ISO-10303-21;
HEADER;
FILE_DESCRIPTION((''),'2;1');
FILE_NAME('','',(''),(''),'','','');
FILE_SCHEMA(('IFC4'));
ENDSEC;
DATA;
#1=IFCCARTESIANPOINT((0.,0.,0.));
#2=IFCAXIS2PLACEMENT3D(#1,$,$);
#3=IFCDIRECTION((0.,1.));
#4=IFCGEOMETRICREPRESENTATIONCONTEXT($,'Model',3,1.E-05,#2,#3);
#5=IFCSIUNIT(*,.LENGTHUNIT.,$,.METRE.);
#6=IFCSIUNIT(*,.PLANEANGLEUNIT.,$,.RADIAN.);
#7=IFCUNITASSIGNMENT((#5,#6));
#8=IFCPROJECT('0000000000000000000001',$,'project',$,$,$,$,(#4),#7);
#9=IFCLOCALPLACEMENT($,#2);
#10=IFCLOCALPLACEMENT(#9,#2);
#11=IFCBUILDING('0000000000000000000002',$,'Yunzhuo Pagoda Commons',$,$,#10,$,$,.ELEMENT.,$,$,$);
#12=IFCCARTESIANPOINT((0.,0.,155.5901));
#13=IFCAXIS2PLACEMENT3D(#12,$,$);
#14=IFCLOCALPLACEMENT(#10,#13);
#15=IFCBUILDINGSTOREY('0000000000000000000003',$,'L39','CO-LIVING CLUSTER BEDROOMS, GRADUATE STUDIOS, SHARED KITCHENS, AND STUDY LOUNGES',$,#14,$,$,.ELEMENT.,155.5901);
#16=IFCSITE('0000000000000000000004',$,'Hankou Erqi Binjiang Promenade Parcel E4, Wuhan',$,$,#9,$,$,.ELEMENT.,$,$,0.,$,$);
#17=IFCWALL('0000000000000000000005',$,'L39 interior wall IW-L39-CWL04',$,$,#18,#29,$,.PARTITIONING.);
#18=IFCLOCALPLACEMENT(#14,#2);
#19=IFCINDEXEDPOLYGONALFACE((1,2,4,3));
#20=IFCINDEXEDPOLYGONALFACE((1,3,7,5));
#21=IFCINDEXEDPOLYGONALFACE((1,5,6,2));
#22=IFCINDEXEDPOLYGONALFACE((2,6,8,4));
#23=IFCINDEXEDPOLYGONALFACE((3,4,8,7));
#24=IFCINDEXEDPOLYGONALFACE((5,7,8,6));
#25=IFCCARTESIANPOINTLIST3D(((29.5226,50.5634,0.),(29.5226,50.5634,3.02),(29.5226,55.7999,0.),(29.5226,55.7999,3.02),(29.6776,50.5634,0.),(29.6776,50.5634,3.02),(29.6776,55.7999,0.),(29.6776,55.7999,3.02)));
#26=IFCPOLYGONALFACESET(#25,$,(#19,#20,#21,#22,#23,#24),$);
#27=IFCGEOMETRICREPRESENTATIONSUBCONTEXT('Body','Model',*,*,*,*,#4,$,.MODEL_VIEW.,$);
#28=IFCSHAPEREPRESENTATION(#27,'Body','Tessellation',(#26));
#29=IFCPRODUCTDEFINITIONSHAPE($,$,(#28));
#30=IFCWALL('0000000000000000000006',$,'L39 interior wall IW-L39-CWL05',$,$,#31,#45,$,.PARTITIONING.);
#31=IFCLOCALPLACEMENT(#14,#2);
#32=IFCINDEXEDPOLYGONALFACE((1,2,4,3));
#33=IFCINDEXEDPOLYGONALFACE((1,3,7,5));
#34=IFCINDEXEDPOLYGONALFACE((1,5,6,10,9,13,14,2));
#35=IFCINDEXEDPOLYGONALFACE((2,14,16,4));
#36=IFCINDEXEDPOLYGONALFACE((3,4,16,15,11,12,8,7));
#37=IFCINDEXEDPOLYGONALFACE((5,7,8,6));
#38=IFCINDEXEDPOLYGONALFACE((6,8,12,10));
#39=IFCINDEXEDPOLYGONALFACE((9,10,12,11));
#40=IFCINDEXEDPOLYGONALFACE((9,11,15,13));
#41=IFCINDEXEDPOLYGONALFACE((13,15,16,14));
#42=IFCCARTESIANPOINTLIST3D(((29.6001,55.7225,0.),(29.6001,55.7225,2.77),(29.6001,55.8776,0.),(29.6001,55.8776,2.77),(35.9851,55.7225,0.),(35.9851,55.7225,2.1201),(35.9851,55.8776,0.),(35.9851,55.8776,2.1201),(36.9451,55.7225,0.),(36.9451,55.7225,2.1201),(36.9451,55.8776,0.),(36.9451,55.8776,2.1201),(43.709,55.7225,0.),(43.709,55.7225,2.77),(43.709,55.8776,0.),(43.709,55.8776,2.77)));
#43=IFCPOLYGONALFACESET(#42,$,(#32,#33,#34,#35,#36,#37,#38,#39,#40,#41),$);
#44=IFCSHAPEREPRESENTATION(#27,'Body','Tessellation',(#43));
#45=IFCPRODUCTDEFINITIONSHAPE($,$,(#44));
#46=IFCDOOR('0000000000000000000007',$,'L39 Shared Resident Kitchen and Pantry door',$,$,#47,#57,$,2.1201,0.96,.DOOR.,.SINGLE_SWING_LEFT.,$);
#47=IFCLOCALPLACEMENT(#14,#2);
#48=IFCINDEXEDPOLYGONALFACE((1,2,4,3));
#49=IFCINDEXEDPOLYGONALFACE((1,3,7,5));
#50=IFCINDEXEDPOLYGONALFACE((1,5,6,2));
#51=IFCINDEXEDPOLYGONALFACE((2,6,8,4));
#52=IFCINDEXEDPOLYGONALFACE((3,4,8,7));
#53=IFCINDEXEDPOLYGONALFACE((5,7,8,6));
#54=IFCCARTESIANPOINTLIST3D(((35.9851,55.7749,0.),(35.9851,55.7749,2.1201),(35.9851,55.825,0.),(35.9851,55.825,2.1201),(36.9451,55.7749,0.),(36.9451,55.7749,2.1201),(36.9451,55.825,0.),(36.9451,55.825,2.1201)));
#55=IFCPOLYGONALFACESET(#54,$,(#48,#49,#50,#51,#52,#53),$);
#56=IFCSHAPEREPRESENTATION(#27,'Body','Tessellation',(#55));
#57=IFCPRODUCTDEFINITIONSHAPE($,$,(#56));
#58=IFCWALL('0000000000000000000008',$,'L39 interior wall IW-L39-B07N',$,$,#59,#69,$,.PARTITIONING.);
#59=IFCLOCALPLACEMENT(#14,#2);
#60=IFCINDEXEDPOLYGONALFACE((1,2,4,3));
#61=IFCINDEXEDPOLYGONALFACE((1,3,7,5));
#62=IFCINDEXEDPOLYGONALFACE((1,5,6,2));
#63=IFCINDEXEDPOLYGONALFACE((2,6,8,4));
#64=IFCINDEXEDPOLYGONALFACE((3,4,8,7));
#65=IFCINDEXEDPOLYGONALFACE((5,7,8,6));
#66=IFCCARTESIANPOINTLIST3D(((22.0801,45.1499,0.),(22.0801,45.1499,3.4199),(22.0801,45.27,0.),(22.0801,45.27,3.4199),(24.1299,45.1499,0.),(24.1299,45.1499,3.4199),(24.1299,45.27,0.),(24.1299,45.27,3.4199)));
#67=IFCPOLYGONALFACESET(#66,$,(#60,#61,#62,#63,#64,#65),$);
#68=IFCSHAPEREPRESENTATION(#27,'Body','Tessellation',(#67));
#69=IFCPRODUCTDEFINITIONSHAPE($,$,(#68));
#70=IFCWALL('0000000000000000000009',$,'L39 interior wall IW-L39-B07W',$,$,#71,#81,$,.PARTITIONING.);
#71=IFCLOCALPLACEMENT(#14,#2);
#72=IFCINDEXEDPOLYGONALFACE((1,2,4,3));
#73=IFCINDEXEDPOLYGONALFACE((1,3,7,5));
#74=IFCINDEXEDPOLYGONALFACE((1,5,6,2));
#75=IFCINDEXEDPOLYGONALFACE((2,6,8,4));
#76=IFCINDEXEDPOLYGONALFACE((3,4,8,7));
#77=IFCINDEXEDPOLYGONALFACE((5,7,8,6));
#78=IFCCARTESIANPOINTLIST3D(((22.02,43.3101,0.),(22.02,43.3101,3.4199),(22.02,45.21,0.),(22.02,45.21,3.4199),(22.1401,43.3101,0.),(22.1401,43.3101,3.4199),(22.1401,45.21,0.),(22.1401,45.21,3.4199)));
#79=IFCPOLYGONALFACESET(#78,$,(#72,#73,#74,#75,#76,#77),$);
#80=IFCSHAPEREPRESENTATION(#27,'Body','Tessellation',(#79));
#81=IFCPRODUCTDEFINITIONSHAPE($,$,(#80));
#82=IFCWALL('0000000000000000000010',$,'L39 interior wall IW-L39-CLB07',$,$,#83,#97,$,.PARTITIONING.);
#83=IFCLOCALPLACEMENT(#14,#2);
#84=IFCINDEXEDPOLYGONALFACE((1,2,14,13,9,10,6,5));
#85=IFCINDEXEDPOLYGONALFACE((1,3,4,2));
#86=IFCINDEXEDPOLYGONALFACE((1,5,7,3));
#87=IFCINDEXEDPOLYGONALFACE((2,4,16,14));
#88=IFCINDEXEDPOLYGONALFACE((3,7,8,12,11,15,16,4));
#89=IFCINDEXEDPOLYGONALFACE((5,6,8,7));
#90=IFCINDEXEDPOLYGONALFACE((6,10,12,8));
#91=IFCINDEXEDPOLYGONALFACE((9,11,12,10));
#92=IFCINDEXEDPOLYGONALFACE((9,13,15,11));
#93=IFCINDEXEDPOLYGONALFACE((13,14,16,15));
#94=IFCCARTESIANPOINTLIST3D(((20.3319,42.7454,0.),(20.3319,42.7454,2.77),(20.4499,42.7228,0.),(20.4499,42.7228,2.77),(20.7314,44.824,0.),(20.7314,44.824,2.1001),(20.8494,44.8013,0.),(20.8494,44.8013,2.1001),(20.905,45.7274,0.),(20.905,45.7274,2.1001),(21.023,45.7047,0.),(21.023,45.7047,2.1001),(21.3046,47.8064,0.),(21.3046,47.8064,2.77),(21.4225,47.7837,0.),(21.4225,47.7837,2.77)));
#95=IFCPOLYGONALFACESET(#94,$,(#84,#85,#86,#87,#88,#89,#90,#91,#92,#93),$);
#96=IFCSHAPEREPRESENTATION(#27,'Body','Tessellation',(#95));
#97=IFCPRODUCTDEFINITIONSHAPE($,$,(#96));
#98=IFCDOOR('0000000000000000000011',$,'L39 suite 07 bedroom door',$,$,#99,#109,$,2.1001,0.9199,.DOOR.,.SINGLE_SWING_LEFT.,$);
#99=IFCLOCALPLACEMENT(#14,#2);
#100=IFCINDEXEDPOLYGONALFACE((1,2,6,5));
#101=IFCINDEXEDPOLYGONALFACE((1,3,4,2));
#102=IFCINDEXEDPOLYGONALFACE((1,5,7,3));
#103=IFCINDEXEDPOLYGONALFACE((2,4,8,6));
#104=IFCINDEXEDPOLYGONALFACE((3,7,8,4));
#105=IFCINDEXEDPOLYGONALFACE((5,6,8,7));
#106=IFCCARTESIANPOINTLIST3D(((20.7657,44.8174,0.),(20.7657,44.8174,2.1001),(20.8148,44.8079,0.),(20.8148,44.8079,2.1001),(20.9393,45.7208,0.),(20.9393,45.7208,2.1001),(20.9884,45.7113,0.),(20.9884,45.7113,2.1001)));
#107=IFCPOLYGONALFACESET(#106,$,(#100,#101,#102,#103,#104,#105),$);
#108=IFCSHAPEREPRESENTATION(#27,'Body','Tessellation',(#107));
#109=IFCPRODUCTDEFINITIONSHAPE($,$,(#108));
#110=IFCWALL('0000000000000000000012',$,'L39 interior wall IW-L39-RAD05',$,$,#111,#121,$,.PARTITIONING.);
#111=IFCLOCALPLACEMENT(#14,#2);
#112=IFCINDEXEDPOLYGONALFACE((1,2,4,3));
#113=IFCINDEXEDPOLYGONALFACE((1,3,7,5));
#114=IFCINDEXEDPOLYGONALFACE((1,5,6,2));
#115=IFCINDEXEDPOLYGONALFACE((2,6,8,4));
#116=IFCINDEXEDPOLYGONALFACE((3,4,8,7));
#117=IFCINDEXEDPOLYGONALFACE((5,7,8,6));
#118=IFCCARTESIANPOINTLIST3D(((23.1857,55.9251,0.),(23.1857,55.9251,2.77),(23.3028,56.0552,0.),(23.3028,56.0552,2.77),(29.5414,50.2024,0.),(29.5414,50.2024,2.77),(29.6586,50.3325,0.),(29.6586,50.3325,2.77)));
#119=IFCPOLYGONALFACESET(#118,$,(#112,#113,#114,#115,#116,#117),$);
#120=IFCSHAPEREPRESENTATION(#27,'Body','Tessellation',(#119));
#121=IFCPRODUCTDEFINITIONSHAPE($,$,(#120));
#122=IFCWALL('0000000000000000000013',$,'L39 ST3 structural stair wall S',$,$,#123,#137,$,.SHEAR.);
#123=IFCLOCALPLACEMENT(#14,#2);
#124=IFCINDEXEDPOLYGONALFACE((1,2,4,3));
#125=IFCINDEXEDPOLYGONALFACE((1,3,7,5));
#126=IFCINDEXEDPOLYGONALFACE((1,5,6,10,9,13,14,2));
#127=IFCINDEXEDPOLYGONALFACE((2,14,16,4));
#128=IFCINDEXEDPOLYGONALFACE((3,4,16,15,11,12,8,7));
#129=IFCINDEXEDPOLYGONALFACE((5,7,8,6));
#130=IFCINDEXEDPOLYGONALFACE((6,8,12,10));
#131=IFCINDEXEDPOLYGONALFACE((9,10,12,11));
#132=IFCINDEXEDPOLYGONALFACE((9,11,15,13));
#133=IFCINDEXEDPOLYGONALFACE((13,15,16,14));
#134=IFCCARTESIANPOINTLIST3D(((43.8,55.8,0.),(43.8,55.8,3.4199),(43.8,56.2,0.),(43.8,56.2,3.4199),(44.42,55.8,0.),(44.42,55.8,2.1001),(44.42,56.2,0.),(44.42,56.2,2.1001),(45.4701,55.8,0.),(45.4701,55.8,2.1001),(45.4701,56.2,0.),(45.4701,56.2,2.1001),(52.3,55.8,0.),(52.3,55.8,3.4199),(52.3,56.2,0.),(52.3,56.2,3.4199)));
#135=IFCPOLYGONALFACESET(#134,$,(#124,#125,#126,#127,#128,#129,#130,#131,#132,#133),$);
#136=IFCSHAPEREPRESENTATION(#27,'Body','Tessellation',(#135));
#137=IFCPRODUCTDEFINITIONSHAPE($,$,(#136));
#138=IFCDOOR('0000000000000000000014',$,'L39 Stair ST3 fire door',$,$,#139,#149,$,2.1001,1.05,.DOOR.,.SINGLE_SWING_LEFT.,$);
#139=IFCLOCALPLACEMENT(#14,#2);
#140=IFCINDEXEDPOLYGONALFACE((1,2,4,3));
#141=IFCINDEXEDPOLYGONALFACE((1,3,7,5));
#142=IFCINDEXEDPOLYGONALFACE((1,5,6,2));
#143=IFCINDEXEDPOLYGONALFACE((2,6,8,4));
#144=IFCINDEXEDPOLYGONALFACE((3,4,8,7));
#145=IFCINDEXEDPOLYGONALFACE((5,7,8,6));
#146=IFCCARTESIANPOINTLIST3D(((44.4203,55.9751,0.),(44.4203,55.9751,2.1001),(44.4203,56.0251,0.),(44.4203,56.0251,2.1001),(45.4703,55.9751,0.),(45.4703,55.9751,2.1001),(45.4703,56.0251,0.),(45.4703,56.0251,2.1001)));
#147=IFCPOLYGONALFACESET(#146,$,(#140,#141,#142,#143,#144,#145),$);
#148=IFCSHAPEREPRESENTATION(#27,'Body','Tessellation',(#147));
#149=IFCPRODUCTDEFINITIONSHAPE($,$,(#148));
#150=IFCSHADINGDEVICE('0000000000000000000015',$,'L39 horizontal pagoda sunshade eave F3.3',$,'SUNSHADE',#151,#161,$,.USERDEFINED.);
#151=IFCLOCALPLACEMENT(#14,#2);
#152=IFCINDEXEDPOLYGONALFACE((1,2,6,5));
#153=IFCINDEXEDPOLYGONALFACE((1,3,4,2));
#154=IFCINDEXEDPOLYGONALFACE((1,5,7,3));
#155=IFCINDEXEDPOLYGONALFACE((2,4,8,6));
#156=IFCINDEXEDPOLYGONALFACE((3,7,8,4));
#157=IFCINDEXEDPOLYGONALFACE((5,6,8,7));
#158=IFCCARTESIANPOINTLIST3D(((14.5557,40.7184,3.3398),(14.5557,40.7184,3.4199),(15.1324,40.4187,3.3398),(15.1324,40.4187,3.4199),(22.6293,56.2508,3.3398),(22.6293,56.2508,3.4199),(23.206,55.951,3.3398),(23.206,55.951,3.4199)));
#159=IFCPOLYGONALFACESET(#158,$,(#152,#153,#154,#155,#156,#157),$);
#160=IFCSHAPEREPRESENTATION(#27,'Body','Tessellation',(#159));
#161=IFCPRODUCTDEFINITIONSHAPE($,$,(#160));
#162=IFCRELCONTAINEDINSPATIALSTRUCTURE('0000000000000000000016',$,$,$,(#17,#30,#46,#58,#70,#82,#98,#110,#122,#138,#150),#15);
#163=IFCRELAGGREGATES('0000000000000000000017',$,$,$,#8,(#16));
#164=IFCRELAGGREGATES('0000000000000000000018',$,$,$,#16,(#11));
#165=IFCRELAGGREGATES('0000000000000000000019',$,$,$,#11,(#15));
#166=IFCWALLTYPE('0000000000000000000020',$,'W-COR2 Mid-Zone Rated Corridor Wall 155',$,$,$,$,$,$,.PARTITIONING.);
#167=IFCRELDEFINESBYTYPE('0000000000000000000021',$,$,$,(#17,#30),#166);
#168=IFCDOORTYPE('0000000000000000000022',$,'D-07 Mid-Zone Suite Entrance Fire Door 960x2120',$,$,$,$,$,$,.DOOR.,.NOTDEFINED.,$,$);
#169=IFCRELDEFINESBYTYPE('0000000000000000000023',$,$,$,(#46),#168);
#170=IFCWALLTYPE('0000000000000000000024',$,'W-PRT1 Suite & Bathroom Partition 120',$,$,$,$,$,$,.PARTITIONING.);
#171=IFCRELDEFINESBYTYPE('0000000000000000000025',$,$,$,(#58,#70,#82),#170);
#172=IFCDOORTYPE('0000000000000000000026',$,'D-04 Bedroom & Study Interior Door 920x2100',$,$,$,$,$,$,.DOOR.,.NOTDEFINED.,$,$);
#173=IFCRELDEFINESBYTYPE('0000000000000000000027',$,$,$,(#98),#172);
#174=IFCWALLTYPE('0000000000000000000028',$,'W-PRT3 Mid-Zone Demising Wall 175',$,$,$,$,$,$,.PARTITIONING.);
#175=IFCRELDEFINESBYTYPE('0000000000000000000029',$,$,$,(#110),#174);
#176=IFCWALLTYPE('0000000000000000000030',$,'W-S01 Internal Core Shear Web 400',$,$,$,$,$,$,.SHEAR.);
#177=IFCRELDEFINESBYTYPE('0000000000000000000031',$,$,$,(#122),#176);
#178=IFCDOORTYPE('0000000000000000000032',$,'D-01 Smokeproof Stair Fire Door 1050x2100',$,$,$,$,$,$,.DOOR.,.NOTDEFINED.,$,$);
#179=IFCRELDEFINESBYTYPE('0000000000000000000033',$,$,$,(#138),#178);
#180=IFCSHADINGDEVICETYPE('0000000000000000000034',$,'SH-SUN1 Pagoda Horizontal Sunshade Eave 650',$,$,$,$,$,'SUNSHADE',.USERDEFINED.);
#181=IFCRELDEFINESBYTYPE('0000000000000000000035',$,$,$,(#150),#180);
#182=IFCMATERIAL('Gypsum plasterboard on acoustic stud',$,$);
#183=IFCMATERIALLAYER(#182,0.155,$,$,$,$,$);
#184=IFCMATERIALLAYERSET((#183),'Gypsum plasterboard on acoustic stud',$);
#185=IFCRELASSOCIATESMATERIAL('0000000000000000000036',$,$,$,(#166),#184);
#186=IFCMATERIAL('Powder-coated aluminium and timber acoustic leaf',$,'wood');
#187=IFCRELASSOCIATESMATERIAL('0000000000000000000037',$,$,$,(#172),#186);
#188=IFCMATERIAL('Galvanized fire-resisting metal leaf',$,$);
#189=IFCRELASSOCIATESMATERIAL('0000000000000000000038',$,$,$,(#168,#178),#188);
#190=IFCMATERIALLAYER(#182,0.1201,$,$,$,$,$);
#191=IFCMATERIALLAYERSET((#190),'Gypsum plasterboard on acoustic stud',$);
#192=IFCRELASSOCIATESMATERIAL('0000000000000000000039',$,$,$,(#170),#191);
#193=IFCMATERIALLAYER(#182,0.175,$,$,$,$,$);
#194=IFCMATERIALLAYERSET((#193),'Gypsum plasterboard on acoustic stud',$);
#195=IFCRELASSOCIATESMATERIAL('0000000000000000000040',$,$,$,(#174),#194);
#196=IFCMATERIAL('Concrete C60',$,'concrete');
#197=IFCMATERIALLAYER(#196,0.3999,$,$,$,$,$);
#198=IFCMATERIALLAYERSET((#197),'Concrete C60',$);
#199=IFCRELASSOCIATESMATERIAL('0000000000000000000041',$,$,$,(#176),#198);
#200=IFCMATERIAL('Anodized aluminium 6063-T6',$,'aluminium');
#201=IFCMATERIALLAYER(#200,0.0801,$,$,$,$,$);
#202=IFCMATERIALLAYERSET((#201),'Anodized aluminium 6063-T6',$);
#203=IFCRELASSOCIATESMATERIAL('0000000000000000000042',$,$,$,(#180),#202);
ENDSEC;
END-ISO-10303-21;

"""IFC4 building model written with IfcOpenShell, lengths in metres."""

from ifc_helpers import new_model, si_unit, direction, frame, frame_2d, origin, origin_with_axes, origin_2d, place, context, subcontext, project, spatial, rectangle, extrude, source, transform, mapped, material, layer, layer_set, type_object, element, fill, save


model = new_model("IFC4")

# Units and contexts
model_context = context("Model", 3, precision=1e-05, world=origin(), true_north=direction((0.0, 1.0)))
body_context = subcontext(model_context, "Body", "Model", "MODEL_VIEW")
ifc_project = project(units=[si_unit("LENGTHUNIT", "METRE"), si_unit("PLANEANGLEUNIT", "RADIAN")], contexts=[model_context])

# Site, building, storey
site_placement = place(None, origin())
site = spatial("IfcSite", under=ifc_project, at=site_placement, Name="Hankou Erqi Binjiang Promenade Parcel E4, Wuhan", CompositionType="ELEMENT", RefElevation=0.0)
building_placement = place(site_placement, origin())
building = spatial("IfcBuilding", under=site, at=building_placement, Name="Yunzhuo Pagoda Commons", CompositionType="ELEMENT")
storey_placement = place(building_placement, frame((0.0, 0.0, 155.5901)))
storey = spatial("IfcBuildingStorey", under=building, at=storey_placement, Name="L39", Description="CO-LIVING CLUSTER BEDROOMS, GRADUATE STUDIOS, SHARED KITCHENS, AND STUDY LOUNGES", CompositionType="ELEMENT", Elevation=155.5901)

# Shared definitions
ifc_material_1 = material(Name="Anodized aluminium 6063-T6", Category="aluminium")

# Shared definitions
ifc_material_2 = material(Name="Gypsum plasterboard on acoustic stud")
ifc_layer_1 = layer(ifc_material_2, 0.155)
ifc_layer_set_1 = layer_set([ifc_layer_1], Name="Gypsum plasterboard on acoustic stud")
wall_type_1 = type_object("IfcWallType", Name="W-COR2 Mid-Zone Rated Corridor Wall 155", PredefinedType="PARTITIONING", material=ifc_layer_set_1)
ifc_material_3 = material(Name="Powder-coated aluminium and timber acoustic leaf", Category="wood")
door_type_1 = type_object("IfcDoorType", Name="D-04 Bedroom & Study Interior Door 920x2100", OperationType="NOTDEFINED", PredefinedType="DOOR", material=ifc_material_3)
shared_shape_1 = source(origin(), body_context, "Body", "SweptSolid", [
    extrude(rectangle(XDim=0.9199, YDim=2.1001, at=frame_2d((0.46, 1.05))), frame((0.0, 0.0249, 0.0), z_axis=(0.0, -1.0, 0.0), x_axis=(1.0, 0.0, 0.0)), (0.0, 0.0, 1.0), 0.05),
])

# Wall
wall_1_placement = place(storey_placement, frame((29.6001, 50.5635, 0.0), z_axis=(0.0, 0.0, 1.0), x_axis=(0.0, 1.0, 0.0)))
element("IfcWall", 1, at=wall_1_placement, inside=storey, type_object=wall_type_1, Name="L39 interior wall IW-L39-CWL04", PredefinedType="PARTITIONING", context=body_context, shape_type="SweptSolid", body=[
    extrude(rectangle(XDim=5.2366, YDim=0.155, at=frame_2d((2.6182, 0.0))), origin(), (0.0, 0.0, 1.0), 3.02),
])

# Wall, opening, door
wall_2_placement = place(storey_placement, frame((29.6001, 55.8, 0.0), z_axis=(0.0, 0.0, 1.0), x_axis=(1.0, 0.0, 0.0)))
wall_2 = element("IfcWall", 2, at=wall_2_placement, inside=storey, type_object=wall_type_1, Name="L39 interior wall IW-L39-CWL05", PredefinedType="PARTITIONING", context=body_context, shape_type="SweptSolid", body=[
    extrude(rectangle(XDim=14.1089, YDim=0.155, at=frame_2d((7.0544, 0.0))), origin(), (0.0, 0.0, 1.0), 2.77),
])
opening_1_placement = place(wall_2_placement, frame((6.385, 0.0, 0.0)))
opening_1 = element("IfcOpeningElement", 3, at=opening_1_placement, cuts=wall_2, PredefinedType="OPENING", context=body_context, shape_type="SweptSolid", body=[
    extrude(rectangle(XDim=0.96, YDim=2.1201, at=frame_2d((0.48, 1.0601))), frame((0.0, 0.0874, 0.0), z_axis=(0.0, -1.0, 0.0), x_axis=(1.0, 0.0, 0.0)), (0.0, 0.0, 1.0), 0.175),
])
ifc_material_4 = material(Name="Galvanized fire-resisting metal leaf")
door_type_2 = type_object("IfcDoorType", Name="D-07 Mid-Zone Suite Entrance Fire Door 960x2120", OperationType="NOTDEFINED", PredefinedType="DOOR", material=ifc_material_4)
shared_shape_2 = source(origin(), body_context, "Body", "SweptSolid", [
    extrude(rectangle(XDim=0.96, YDim=2.1201, at=frame_2d((0.48, 1.0601))), frame((0.0, 0.0249, 0.0), z_axis=(0.0, -1.0, 0.0), x_axis=(1.0, 0.0, 0.0)), (0.0, 0.0, 1.0), 0.05),
])
door_1_placement = place(opening_1_placement, origin_with_axes())
door_1 = element("IfcDoor", 4, at=door_1_placement, inside=storey, type_object=door_type_2, Name="L39 Shared Resident Kitchen and Pantry door", OperationType="SINGLE_SWING_LEFT", OverallHeight=2.1201, OverallWidth=0.96, PredefinedType="DOOR", context=body_context, shape_type="MappedRepresentation", body=[
    mapped(shared_shape_2, transform((0.0, 0.0, 0.0), scale=1.0)),
])
fill(opening_1, door_1)

# Walls
ifc_layer_2 = layer(ifc_material_2, 0.1201)
ifc_layer_set_2 = layer_set([ifc_layer_2], Name="Gypsum plasterboard on acoustic stud")
wall_type_2 = type_object("IfcWallType", Name="W-PRT1 Suite & Bathroom Partition 120", PredefinedType="PARTITIONING", material=ifc_layer_set_2)
wall_3_placement = place(storey_placement, frame((24.1299, 45.21, 0.0), z_axis=(0.0, 0.0, 1.0), x_axis=(-1.0, 0.0, 0.0)))
element("IfcWall", 5, at=wall_3_placement, inside=storey, type_object=wall_type_2, Name="L39 interior wall IW-L39-B07N", PredefinedType="PARTITIONING", context=body_context, shape_type="SweptSolid", body=[
    extrude(rectangle(XDim=2.0498, YDim=0.1201, at=frame_2d((1.0249, 0.0))), origin(), (0.0, 0.0, 1.0), 3.4199),
])
wall_4_placement = place(storey_placement, frame((22.0801, 45.21, 0.0), z_axis=(0.0, 0.0, 1.0), x_axis=(0.0, -1.0, 0.0)))
element("IfcWall", 6, at=wall_4_placement, inside=storey, type_object=wall_type_2, Name="L39 interior wall IW-L39-B07W", PredefinedType="PARTITIONING", context=body_context, shape_type="SweptSolid", body=[
    extrude(rectangle(XDim=1.8999, YDim=0.1201, at=frame_2d((0.95, 0.0))), origin(), (0.0, 0.0, 1.0), 3.4199),
])

# Wall, opening, door
wall_5_placement = place(storey_placement, frame((21.3635, 47.7949, 0.0), z_axis=(0.0, 0.0, 1.0), x_axis=(-0.188731, -0.982029, 0.0)))
wall_5 = element("IfcWall", 7, at=wall_5_placement, inside=storey, type_object=wall_type_2, Name="L39 interior wall IW-L39-CLB07", PredefinedType="PARTITIONING", context=body_context, shape_type="SweptSolid", body=[
    extrude(rectangle(XDim=5.1536, YDim=0.1201, at=frame_2d((2.5767, 0.0))), origin(), (0.0, 0.0, 1.0), 2.77),
])
opening_2_placement = place(wall_5_placement, frame((2.1169, 0.0, 0.0)))
opening_2 = element("IfcOpeningElement", 8, at=opening_2_placement, cuts=wall_5, PredefinedType="OPENING", context=body_context, shape_type="SweptSolid", body=[
    extrude(rectangle(XDim=0.9199, YDim=2.1001, at=frame_2d((0.46, 1.05))), frame((0.0, 0.0701, 0.0), z_axis=(0.0, -1.0, 0.0), x_axis=(1.0, 0.0, 0.0)), (0.0, 0.0, 1.0), 0.1401),
])
door_2_placement = place(opening_2_placement, origin_with_axes())
door_2 = element("IfcDoor", 9, at=door_2_placement, inside=storey, type_object=door_type_1, Name="L39 suite 07 bedroom door", OperationType="SINGLE_SWING_LEFT", OverallHeight=2.1001, OverallWidth=0.9199, PredefinedType="DOOR", context=body_context, shape_type="MappedRepresentation", body=[
    mapped(shared_shape_1, transform((0.0, 0.0, 0.0), scale=1.0)),
])
fill(opening_2, door_2)

# Wall
ifc_layer_3 = layer(ifc_material_2, 0.175)
ifc_layer_set_3 = layer_set([ifc_layer_3], Name="Gypsum plasterboard on acoustic stud")
wall_type_3 = type_object("IfcWallType", Name="W-PRT3 Mid-Zone Demising Wall 175", PredefinedType="PARTITIONING", material=ifc_layer_set_3)
wall_6_placement = place(storey_placement, frame((29.6001, 50.2673, 0.0), z_axis=(0.0, 0.0, 1.0), x_axis=(-0.743148, 0.669127, 0.0)))
element("IfcWall", 10, at=wall_6_placement, inside=storey, type_object=wall_type_3, Name="L39 interior wall IW-L39-RAD05", PredefinedType="PARTITIONING", context=body_context, shape_type="SweptSolid", body=[
    extrude(rectangle(XDim=8.5525, YDim=0.175, at=frame_2d((4.2764, 0.0))), origin(), (0.0, 0.0, 1.0), 2.77),
])

# Wall, opening, door
ifc_material_5 = material(Name="Concrete C60", Category="concrete")
ifc_layer_4 = layer(ifc_material_5, 0.3999)
ifc_layer_set_4 = layer_set([ifc_layer_4], Name="Concrete C60")
wall_type_4 = type_object("IfcWallType", Name="W-S01 Internal Core Shear Web 400", PredefinedType="SHEAR", material=ifc_layer_set_4)
wall_7_placement = place(storey_placement, frame((43.8, 56.0, 0.0), z_axis=(0.0, 0.0, 1.0), x_axis=(1.0, 0.0, 0.0)))
wall_7 = element("IfcWall", 11, at=wall_7_placement, inside=storey, type_object=wall_type_4, Name="L39 ST3 structural stair wall S", PredefinedType="SHEAR", context=body_context, shape_type="SweptSolid", body=[
    extrude(rectangle(XDim=8.5, YDim=0.3999, at=frame_2d((4.25, 0.0))), origin(), (0.0, 0.0, 1.0), 3.4199),
])
opening_3_placement = place(wall_7_placement, frame((0.6201, 0.0, 0.0)))
opening_3 = element("IfcOpeningElement", 12, at=opening_3_placement, cuts=wall_7, PredefinedType="OPENING", context=body_context, shape_type="SweptSolid", body=[
    extrude(rectangle(XDim=1.05, YDim=2.1001, at=frame_2d((0.5249, 1.05))), frame((0.0, 0.21, 0.0), z_axis=(0.0, -1.0, 0.0), x_axis=(1.0, 0.0, 0.0)), (0.0, 0.0, 1.0), 0.4199),
])
door_type_3 = type_object("IfcDoorType", Name="D-01 Smokeproof Stair Fire Door 1050x2100", OperationType="NOTDEFINED", PredefinedType="DOOR", material=ifc_material_4)
shared_shape_3 = source(origin(), body_context, "Body", "SweptSolid", [
    extrude(rectangle(XDim=1.05, YDim=2.1001, at=frame_2d((0.5249, 1.05))), frame((0.0, 0.0249, 0.0), z_axis=(0.0, -1.0, 0.0), x_axis=(1.0, 0.0, 0.0)), (0.0, 0.0, 1.0), 0.05),
])
door_3_placement = place(opening_3_placement, frame((1.05, 0.0, 0.0), z_axis=(0.0, 0.0, 1.0), x_axis=(-1.0, 0.0, 0.0)))
door_3 = element("IfcDoor", 13, at=door_3_placement, inside=storey, type_object=door_type_3, Name="L39 Stair ST3 fire door", OperationType="SINGLE_SWING_LEFT", OverallHeight=2.1001, OverallWidth=1.05, PredefinedType="DOOR", context=body_context, shape_type="MappedRepresentation", body=[
    mapped(shared_shape_3, transform((0.0, 0.0, 0.0), scale=1.0)),
])
fill(opening_3, door_3)

# Shading device
ifc_layer_5 = layer(ifc_material_1, 0.0801)
ifc_layer_set_5 = layer_set([ifc_layer_5], Name="Anodized aluminium 6063-T6")
shading_device_type = type_object("IfcShadingDeviceType", Name="SH-SUN1 Pagoda Horizontal Sunshade Eave 650", ElementType="SUNSHADE", PredefinedType="USERDEFINED", material=ifc_layer_set_5)
shared_shape_4 = source(origin(), body_context, "Body", "SweptSolid", [
    extrude(rectangle(XDim=17.5054, YDim=0.6499, at=origin_2d()), origin(), (0.0, 0.0, 1.0), 0.0801),
])
shading_device_placement = place(storey_placement, frame((18.8809, 48.3347, 3.3398), z_axis=(0.0, 0.0, 1.0), x_axis=(-0.461207, -0.887293, 0.0)))
element("IfcShadingDevice", 14, at=shading_device_placement, inside=storey, type_object=shading_device_type, Name="L39 horizontal pagoda sunshade eave F3.3", ObjectType="SUNSHADE", PredefinedType="USERDEFINED", context=body_context, shape_type="MappedRepresentation", body=[
    mapped(shared_shape_4, transform((0.0, 0.0, 0.0), scale=1.0)),
])

save(model, "model.ifc")
